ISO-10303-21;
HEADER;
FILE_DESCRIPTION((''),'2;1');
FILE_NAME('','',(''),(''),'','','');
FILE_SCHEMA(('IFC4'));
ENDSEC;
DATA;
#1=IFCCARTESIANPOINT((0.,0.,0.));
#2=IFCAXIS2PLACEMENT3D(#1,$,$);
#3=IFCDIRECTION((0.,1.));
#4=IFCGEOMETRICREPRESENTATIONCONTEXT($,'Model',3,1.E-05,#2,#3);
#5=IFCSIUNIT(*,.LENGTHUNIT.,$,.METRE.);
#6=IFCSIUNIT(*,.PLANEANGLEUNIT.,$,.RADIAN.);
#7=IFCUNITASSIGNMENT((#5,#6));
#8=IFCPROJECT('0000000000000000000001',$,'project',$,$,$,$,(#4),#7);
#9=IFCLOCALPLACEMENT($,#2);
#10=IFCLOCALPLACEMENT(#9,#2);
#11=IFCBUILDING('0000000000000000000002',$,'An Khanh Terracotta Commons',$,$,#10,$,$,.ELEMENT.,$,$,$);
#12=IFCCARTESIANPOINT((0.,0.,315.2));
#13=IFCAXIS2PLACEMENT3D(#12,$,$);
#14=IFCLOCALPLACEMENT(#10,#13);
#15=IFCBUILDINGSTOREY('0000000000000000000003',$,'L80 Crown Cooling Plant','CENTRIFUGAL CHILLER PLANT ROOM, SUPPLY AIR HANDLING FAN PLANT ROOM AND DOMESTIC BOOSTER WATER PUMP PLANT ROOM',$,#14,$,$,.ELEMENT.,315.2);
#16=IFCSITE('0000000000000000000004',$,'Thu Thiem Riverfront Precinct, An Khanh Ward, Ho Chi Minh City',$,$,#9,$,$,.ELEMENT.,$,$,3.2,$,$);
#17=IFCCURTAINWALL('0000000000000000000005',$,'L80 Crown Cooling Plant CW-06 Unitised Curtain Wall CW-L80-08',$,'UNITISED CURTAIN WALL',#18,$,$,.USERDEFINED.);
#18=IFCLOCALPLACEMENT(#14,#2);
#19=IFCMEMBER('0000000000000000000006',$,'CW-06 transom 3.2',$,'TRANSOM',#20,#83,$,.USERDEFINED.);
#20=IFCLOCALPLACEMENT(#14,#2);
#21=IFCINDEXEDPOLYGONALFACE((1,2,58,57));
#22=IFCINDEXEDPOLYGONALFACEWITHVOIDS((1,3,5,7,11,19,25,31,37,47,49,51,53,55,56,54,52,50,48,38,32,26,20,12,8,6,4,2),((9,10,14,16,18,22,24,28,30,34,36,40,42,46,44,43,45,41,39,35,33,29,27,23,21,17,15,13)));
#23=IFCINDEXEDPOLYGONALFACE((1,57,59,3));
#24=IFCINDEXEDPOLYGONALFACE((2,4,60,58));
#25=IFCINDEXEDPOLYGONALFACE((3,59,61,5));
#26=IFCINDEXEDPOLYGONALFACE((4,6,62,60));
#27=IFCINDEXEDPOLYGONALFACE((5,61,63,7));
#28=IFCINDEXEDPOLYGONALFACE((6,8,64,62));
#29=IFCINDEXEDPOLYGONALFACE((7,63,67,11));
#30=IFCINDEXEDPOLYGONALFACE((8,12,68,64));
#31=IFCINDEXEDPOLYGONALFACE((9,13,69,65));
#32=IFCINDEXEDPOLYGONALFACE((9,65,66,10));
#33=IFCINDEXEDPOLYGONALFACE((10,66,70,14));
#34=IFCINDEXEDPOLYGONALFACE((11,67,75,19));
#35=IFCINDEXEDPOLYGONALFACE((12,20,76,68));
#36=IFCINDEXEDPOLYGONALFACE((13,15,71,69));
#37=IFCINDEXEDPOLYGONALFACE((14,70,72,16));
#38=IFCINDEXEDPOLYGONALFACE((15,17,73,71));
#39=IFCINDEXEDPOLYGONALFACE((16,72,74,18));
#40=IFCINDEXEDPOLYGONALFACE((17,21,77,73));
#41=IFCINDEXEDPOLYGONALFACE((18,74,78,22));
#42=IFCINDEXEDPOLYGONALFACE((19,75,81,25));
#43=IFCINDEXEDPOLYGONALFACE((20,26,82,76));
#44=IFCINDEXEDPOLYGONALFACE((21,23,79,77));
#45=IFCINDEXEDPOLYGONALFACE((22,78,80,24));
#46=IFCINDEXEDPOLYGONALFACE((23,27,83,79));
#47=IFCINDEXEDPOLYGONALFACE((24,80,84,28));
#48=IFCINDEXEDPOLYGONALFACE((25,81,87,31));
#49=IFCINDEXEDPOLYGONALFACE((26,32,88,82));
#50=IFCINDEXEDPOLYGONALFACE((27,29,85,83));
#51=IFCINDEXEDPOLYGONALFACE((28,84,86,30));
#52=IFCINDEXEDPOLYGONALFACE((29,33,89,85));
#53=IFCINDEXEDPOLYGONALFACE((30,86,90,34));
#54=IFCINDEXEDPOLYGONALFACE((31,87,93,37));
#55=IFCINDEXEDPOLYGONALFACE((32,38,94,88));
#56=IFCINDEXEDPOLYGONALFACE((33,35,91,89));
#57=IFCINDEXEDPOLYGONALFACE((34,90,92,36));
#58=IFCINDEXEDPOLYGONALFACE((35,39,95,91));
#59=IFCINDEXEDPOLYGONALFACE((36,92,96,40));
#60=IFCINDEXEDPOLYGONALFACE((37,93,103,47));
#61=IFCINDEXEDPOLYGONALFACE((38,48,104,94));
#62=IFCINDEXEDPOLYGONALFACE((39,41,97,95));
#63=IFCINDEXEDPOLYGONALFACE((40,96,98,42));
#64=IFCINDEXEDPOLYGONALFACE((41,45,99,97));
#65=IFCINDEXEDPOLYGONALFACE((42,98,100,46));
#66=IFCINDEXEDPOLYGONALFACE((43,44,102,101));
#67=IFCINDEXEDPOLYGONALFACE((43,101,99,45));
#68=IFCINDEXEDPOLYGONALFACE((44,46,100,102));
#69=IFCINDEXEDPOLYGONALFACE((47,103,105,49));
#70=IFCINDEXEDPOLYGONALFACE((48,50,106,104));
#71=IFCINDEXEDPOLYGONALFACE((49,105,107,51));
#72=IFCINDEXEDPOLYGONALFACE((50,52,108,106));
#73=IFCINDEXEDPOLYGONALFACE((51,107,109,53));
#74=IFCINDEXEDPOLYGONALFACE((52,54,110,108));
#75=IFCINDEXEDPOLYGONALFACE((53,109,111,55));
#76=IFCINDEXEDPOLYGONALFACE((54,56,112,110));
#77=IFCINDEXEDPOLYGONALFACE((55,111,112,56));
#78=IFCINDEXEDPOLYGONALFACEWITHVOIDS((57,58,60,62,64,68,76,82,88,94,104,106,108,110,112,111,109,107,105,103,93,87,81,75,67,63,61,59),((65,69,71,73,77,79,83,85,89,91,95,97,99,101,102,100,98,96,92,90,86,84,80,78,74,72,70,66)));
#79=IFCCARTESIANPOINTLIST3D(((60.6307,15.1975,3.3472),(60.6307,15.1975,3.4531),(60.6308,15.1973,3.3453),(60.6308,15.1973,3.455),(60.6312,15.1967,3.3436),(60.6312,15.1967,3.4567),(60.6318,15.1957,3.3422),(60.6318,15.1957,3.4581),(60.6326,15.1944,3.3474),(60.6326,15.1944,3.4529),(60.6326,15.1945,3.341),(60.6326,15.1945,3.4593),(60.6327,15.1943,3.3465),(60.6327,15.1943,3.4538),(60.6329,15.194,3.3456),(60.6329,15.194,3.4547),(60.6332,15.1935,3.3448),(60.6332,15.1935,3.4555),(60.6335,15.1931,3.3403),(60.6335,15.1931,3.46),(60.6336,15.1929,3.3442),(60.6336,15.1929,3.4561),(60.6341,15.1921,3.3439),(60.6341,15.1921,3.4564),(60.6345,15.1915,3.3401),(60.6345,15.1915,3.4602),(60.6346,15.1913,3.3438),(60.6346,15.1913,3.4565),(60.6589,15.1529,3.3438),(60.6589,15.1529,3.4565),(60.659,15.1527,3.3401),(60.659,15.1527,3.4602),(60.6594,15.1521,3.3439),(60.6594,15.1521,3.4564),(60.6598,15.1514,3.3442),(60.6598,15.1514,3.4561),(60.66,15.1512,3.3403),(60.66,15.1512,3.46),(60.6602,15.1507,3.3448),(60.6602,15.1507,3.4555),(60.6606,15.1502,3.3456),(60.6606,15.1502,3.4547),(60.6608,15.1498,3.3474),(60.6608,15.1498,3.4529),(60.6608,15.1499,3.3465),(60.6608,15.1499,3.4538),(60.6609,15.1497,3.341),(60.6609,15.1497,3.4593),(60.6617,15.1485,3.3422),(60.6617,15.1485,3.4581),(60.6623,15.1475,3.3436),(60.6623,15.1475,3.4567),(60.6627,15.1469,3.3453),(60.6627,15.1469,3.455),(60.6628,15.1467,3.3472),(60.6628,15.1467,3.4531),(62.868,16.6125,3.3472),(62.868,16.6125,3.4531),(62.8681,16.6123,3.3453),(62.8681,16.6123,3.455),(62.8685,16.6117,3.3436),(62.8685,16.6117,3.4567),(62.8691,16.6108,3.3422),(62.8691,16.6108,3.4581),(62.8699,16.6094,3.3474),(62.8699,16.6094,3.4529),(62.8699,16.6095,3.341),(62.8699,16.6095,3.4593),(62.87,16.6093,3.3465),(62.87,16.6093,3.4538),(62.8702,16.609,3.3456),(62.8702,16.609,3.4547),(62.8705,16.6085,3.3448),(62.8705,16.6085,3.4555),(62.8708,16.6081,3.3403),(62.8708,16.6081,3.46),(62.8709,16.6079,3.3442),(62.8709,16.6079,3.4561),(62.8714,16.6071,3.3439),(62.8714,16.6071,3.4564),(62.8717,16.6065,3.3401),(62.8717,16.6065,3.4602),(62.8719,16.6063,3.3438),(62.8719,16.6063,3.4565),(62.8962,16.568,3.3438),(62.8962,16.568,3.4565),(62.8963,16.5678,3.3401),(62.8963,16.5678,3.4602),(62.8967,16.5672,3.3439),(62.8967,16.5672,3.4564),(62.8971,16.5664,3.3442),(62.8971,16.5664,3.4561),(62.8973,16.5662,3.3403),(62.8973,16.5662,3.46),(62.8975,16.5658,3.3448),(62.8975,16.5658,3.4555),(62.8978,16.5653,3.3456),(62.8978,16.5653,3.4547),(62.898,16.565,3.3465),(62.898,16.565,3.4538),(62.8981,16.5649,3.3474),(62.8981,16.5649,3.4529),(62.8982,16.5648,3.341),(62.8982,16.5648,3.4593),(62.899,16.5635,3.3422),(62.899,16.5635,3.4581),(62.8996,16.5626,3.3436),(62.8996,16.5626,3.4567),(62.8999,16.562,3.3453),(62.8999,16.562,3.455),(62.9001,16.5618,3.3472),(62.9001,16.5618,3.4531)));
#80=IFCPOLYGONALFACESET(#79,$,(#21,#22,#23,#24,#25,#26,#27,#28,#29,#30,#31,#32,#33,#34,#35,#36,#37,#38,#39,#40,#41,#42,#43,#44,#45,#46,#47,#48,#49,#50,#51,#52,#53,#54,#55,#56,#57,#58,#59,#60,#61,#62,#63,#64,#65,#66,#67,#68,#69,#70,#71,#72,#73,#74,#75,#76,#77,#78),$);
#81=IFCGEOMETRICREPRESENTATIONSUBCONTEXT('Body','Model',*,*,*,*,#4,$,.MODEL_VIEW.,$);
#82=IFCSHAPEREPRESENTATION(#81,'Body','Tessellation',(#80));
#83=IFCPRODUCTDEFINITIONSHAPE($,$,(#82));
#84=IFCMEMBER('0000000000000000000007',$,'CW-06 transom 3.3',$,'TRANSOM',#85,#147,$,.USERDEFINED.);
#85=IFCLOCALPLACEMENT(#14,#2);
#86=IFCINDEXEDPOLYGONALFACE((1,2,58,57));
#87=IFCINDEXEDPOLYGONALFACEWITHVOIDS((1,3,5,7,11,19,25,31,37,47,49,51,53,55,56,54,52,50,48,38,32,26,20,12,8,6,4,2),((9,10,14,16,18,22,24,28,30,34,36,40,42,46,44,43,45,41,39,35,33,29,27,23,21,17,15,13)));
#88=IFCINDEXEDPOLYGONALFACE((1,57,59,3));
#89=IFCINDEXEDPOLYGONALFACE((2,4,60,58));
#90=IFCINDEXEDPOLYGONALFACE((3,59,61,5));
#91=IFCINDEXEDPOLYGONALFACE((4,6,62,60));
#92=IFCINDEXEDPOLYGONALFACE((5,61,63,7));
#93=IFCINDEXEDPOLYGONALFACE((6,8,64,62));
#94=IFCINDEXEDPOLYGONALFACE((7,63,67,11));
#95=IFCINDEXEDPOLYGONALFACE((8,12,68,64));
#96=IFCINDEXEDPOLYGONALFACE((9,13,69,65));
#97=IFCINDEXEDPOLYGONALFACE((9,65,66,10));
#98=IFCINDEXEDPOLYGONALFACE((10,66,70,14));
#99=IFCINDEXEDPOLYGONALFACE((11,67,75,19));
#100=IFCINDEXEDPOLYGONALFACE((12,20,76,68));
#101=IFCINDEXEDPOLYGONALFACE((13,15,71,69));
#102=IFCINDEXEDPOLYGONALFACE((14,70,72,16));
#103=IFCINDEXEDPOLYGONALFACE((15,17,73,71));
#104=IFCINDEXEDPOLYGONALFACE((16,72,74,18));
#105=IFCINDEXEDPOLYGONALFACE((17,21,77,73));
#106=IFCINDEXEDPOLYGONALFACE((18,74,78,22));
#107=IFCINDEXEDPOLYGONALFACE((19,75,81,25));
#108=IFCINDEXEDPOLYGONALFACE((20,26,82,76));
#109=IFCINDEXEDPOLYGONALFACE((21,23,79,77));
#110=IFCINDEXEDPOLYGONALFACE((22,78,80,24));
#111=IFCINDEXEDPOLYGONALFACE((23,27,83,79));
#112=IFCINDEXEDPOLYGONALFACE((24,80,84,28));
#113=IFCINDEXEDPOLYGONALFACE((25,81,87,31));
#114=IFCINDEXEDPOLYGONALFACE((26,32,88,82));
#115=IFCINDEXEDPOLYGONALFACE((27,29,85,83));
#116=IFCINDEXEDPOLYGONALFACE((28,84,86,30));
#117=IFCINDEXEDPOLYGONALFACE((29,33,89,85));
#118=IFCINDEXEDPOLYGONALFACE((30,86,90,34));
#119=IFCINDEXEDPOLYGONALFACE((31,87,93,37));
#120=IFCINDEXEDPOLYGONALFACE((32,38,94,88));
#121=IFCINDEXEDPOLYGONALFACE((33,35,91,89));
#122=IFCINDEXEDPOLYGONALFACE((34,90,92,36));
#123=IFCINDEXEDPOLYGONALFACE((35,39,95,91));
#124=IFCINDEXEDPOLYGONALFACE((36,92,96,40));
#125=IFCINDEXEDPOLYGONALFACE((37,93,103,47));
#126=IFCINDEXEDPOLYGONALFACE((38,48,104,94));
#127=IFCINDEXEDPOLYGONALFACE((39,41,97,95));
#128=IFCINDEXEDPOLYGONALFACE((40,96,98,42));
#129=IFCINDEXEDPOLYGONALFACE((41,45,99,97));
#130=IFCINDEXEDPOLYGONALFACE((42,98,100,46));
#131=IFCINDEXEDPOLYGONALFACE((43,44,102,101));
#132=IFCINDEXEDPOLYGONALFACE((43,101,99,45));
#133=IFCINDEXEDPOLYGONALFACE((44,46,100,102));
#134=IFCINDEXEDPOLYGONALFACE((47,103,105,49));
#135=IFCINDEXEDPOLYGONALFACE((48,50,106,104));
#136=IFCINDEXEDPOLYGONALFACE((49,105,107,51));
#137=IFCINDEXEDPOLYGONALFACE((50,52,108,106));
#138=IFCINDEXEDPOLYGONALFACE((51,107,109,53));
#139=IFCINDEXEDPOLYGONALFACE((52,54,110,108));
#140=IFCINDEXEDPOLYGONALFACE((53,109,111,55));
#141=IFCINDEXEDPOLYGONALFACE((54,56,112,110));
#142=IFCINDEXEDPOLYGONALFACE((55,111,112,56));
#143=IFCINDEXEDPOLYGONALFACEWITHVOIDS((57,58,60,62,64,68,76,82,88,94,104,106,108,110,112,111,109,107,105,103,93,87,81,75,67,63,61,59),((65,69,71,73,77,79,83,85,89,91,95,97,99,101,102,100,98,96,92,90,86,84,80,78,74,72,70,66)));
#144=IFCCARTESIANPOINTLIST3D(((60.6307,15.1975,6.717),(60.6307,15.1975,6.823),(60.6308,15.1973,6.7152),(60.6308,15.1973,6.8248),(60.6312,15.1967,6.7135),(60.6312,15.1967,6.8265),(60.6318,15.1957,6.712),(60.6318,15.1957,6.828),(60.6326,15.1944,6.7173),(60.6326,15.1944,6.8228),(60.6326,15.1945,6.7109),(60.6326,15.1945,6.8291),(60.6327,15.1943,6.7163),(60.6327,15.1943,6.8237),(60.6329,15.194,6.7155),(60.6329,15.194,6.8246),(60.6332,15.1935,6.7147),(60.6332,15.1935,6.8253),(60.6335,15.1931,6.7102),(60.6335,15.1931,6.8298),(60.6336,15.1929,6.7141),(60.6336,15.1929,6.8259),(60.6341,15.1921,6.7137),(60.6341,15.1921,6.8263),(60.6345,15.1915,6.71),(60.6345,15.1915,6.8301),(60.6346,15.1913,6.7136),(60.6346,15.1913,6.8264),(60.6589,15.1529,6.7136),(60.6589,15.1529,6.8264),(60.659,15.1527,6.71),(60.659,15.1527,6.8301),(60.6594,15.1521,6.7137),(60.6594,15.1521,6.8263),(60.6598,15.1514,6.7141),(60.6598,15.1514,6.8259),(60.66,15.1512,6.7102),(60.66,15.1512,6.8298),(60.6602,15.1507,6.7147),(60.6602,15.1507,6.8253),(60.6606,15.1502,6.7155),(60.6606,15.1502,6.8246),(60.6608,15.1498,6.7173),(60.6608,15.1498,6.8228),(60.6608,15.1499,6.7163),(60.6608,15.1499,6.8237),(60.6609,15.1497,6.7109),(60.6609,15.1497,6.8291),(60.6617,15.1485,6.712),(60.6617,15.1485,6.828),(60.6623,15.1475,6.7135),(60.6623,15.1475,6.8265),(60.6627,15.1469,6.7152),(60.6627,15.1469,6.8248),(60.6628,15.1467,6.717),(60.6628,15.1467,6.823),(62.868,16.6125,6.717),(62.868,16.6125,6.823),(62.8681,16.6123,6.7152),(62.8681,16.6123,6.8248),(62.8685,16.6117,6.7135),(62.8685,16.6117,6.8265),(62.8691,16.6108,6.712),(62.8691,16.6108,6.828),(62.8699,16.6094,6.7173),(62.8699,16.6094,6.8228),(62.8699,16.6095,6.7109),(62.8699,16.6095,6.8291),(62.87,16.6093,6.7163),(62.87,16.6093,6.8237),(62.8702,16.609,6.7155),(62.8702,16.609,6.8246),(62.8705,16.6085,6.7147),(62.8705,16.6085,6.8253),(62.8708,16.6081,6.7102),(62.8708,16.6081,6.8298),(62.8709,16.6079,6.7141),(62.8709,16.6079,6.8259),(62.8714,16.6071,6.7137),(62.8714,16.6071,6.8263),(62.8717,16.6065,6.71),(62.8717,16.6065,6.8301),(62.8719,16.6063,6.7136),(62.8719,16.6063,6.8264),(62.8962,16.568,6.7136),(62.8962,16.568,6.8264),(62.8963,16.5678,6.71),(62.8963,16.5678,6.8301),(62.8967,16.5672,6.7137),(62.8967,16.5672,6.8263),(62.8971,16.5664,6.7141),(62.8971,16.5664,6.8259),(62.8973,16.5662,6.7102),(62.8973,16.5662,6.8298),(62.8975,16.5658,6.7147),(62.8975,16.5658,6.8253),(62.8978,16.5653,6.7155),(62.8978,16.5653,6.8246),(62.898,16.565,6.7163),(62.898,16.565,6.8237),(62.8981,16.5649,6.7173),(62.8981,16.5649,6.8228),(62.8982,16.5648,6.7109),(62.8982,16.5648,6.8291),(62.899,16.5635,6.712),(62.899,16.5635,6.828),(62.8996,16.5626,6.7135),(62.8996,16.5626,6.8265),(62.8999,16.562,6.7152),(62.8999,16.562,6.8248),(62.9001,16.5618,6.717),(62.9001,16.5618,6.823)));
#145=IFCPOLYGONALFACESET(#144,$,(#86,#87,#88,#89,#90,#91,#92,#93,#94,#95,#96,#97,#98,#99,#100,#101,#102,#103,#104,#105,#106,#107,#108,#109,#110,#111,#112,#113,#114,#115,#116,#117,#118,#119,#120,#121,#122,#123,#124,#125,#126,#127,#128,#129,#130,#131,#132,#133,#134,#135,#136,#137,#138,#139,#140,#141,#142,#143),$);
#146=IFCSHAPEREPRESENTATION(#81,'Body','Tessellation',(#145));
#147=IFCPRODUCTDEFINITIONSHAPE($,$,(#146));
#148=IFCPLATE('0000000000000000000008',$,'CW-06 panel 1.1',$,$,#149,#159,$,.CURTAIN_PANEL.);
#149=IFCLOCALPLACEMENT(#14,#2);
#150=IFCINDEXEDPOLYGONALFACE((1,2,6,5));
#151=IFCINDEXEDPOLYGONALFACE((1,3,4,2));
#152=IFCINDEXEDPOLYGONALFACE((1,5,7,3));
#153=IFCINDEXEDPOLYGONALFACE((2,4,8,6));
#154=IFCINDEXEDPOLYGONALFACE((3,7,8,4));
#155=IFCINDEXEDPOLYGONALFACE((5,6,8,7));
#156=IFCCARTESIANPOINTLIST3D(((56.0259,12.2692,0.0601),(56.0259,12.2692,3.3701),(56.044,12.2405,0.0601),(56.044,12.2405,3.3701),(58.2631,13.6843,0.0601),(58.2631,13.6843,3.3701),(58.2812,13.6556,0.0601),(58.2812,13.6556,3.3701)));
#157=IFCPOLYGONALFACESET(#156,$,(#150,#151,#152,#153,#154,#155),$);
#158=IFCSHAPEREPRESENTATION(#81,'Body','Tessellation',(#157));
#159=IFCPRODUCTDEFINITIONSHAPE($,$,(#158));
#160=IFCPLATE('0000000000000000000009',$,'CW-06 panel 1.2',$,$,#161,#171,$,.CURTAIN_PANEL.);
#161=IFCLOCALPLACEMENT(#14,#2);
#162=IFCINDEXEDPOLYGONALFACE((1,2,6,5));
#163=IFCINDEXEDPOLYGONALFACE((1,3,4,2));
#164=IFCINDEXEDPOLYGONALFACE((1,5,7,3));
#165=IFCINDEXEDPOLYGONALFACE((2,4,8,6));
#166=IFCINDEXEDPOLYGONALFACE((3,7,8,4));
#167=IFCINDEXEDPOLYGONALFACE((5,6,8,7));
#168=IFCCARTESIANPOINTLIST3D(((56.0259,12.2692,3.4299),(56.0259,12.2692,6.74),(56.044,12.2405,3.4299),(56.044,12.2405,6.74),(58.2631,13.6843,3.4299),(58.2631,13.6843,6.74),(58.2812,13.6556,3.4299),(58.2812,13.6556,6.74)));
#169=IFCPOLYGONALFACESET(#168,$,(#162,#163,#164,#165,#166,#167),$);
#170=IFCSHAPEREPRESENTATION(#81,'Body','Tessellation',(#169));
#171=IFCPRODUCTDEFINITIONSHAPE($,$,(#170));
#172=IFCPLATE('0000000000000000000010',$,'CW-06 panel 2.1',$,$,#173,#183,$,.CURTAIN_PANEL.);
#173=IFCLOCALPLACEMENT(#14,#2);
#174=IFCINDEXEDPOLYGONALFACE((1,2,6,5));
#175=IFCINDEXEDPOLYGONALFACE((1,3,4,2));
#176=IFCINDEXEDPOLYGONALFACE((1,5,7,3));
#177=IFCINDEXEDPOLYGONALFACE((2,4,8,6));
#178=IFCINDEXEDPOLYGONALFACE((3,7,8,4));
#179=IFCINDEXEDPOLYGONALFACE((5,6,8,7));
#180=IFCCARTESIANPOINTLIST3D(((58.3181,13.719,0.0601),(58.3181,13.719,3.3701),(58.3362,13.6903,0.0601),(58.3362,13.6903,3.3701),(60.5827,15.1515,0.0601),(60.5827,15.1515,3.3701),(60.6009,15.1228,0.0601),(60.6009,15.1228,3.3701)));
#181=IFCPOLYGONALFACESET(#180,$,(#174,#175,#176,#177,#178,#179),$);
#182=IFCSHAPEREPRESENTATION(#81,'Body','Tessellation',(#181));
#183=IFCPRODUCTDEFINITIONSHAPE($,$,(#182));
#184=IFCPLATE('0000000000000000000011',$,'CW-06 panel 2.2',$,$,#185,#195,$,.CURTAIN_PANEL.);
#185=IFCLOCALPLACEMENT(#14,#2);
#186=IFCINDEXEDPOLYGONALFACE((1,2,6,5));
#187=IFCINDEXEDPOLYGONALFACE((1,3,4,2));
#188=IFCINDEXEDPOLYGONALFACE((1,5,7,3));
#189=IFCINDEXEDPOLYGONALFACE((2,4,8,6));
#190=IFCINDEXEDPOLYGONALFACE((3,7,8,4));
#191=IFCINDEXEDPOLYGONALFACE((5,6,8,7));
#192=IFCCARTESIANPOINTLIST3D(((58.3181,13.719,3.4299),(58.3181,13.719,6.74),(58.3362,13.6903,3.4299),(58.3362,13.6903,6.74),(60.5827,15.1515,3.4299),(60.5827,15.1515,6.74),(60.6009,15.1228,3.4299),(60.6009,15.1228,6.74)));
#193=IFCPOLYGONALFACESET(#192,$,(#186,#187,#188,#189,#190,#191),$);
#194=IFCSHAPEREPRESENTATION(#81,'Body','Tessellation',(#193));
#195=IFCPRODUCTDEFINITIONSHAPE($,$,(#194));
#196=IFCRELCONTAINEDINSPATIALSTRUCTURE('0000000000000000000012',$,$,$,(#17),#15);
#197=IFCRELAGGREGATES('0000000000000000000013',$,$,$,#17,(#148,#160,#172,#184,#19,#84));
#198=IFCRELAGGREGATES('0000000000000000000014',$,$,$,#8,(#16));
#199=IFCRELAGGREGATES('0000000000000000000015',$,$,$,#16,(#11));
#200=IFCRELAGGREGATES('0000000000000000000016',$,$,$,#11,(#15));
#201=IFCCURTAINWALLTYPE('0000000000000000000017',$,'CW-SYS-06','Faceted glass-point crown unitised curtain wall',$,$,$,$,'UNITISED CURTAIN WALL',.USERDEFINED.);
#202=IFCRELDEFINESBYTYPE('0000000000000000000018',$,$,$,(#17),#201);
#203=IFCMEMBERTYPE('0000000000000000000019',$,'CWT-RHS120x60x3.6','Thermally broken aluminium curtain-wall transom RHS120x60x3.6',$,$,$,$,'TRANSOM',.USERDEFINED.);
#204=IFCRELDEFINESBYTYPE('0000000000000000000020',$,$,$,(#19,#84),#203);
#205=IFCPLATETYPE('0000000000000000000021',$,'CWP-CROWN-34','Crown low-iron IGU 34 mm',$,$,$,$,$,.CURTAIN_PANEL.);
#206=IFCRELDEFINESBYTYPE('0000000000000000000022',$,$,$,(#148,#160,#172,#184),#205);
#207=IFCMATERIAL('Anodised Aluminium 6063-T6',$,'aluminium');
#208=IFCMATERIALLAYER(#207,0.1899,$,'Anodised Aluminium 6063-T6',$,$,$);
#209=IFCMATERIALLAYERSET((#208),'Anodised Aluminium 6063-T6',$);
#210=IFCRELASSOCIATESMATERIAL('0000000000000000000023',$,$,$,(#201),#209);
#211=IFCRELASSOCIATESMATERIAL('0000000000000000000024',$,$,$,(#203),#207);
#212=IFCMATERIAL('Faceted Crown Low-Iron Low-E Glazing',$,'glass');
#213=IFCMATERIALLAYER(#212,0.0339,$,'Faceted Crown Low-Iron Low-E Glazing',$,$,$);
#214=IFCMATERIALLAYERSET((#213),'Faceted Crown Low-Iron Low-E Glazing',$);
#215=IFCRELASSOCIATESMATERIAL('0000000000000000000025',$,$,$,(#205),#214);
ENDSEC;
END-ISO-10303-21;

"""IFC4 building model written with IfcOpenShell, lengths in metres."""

from ifc_helpers import new_model, si_unit, direction, frame, origin, origin_2d, place, context, subcontext, project, spatial, rectangle, hollow_rectangle, extrude, material, layer, layer_set, material_profile, profile_set, type_object, element, aggregate, save


model = new_model("IFC4")

# Units and contexts
model_context = context("Model", 3, precision=1e-05, world=origin(), true_north=direction((0.0, 1.0)))
body_context = subcontext(model_context, "Body", "Model", "MODEL_VIEW")
ifc_project = project(units=[si_unit("LENGTHUNIT", "METRE"), si_unit("PLANEANGLEUNIT", "RADIAN")], contexts=[model_context])

# Site, building, storey
site_placement = place(None, origin())
site = spatial("IfcSite", under=ifc_project, at=site_placement, Name="Thu Thiem Riverfront Precinct, An Khanh Ward, Ho Chi Minh City", CompositionType="ELEMENT", RefElevation=3.2)
building_placement = place(site_placement, origin())
building = spatial("IfcBuilding", under=site, at=building_placement, Name="An Khanh Terracotta Commons", CompositionType="ELEMENT")
storey_placement = place(building_placement, frame((0.0, 0.0, 315.2)))
storey = spatial("IfcBuildingStorey", under=building, at=storey_placement, Name="L80 Crown Cooling Plant", Description="CENTRIFUGAL CHILLER PLANT ROOM, SUPPLY AIR HANDLING FAN PLANT ROOM AND DOMESTIC BOOSTER WATER PUMP PLANT ROOM", CompositionType="ELEMENT", Elevation=315.2)

# Curtain wall, members, plates
ifc_material_1 = material(Name="Anodised Aluminium 6063-T6", Category="aluminium")
ifc_layer_1 = layer(ifc_material_1, 0.1899, Name="Anodised Aluminium 6063-T6")
ifc_layer_set_1 = layer_set([ifc_layer_1], Name="Anodised Aluminium 6063-T6")
curtain_wall_type = type_object("IfcCurtainWallType", Name="CW-SYS-06", Description="Faceted glass-point crown unitised curtain wall", ElementType="UNITISED CURTAIN WALL", PredefinedType="USERDEFINED", material=ifc_layer_set_1)
curtain_wall_placement = place(storey_placement, origin())
curtain_wall = element("IfcCurtainWall", 1, at=curtain_wall_placement, inside=storey, type_object=curtain_wall_type, Name="L80 Crown Cooling Plant CW-06 Unitised Curtain Wall CW-L80-08", ObjectType="UNITISED CURTAIN WALL", PredefinedType="USERDEFINED")
ifc_material_profile_1 = material_profile(ifc_material_1, hollow_rectangle(XDim=0.0601, YDim=0.1201, WallThickness=0.0037, InnerFilletRadius=0.0037, OuterFilletRadius=0.0071, at=origin_2d()), Name="RHS120x60x3.6")
ifc_profile_set_1 = profile_set([ifc_material_profile_1], Name="Anodised Aluminium 6063-T6")
member_type_1 = type_object("IfcMemberType", Name="CWT-RHS120x60x3.6", Description="Thermally broken aluminium curtain-wall transom RHS120x60x3.6", ElementType="TRANSOM", PredefinedType="USERDEFINED", material=ifc_profile_set_1)
member_1_placement = place(storey_placement, frame((60.6467, 15.1721, 3.4001), z_axis=(0.845147, 0.534534, 0.0), x_axis=(-0.534534, 0.845147, 0.0)))
member_1 = element("IfcMember", 2, at=member_1_placement, type_object=member_type_1, Name="CW-06 transom 3.2", ObjectType="TRANSOM", PredefinedType="USERDEFINED", context=body_context, shape_type="SweptSolid", body=[
    extrude(hollow_rectangle(XDim=0.0601, YDim=0.1201, WallThickness=0.0037, InnerFilletRadius=0.0037, OuterFilletRadius=0.0071, at=origin_2d()), origin(), (0.0, 0.0, 1.0), 2.6472),
])
member_2_placement = place(storey_placement, frame((60.6467, 15.1721, 6.77), z_axis=(0.845147, 0.534534, 0.0), x_axis=(-0.534534, 0.845147, 0.0)))
member_2 = element("IfcMember", 3, at=member_2_placement, type_object=member_type_1, Name="CW-06 transom 3.3", ObjectType="TRANSOM", PredefinedType="USERDEFINED", context=body_context, shape_type="SweptSolid", body=[
    extrude(hollow_rectangle(XDim=0.0601, YDim=0.1201, WallThickness=0.0037, InnerFilletRadius=0.0037, OuterFilletRadius=0.0071, at=origin_2d()), origin(), (0.0, 0.0, 1.0), 2.6472),
])
ifc_material_2 = material(Name="Faceted Crown Low-Iron Low-E Glazing", Category="glass")
ifc_layer_2 = layer(ifc_material_2, 0.0339, Name="Faceted Crown Low-Iron Low-E Glazing")
ifc_layer_set_2 = layer_set([ifc_layer_2], Name="Faceted Crown Low-Iron Low-E Glazing")
plate_type = type_object("IfcPlateType", Name="CWP-CROWN-34", Description="Crown low-iron IGU 34 mm", PredefinedType="CURTAIN_PANEL", material=ifc_layer_set_2)
plate_1_placement = place(storey_placement, frame((57.1536, 12.9624, 0.0601), z_axis=(0.0, 0.0, 1.0), x_axis=(0.845114, 0.534587, 0.0)))
plate_1 = element("IfcPlate", 4, at=plate_1_placement, type_object=plate_type, Name="CW-06 panel 1.1", PredefinedType="CURTAIN_PANEL", context=body_context, shape_type="SweptSolid", body=[
    extrude(rectangle(XDim=2.6472, YDim=0.0339, at=origin_2d()), origin(), (0.0, 0.0, 1.0), 3.3101),
])
plate_2_placement = place(storey_placement, frame((57.1536, 12.9624, 3.4299), z_axis=(0.0, 0.0, 1.0), x_axis=(0.845114, 0.534587, 0.0)))
plate_2 = element("IfcPlate", 5, at=plate_2_placement, type_object=plate_type, Name="CW-06 panel 1.2", PredefinedType="CURTAIN_PANEL", context=body_context, shape_type="SweptSolid", body=[
    extrude(rectangle(XDim=2.6472, YDim=0.0339, at=origin_2d()), origin(), (0.0, 0.0, 1.0), 3.3101),
])
plate_3_placement = place(storey_placement, frame((59.4595, 14.4209, 0.0601), z_axis=(0.0, 0.0, 1.0), x_axis=(0.845114, 0.534587, 0.0)))
plate_3 = element("IfcPlate", 6, at=plate_3_placement, type_object=plate_type, Name="CW-06 panel 2.1", PredefinedType="CURTAIN_PANEL", context=body_context, shape_type="SweptSolid", body=[
    extrude(rectangle(XDim=2.6797, YDim=0.0339, at=origin_2d()), origin(), (0.0, 0.0, 1.0), 3.3101),
])
plate_4_placement = place(storey_placement, frame((59.4595, 14.4209, 3.4299), z_axis=(0.0, 0.0, 1.0), x_axis=(0.845114, 0.534587, 0.0)))
plate_4 = element("IfcPlate", 7, at=plate_4_placement, type_object=plate_type, Name="CW-06 panel 2.2", PredefinedType="CURTAIN_PANEL", context=body_context, shape_type="SweptSolid", body=[
    extrude(rectangle(XDim=2.6797, YDim=0.0339, at=origin_2d()), origin(), (0.0, 0.0, 1.0), 3.3101),
])
aggregate(curtain_wall, [plate_1, plate_2, plate_3, plate_4, member_1, member_2])

save(model, "model.ifc")
